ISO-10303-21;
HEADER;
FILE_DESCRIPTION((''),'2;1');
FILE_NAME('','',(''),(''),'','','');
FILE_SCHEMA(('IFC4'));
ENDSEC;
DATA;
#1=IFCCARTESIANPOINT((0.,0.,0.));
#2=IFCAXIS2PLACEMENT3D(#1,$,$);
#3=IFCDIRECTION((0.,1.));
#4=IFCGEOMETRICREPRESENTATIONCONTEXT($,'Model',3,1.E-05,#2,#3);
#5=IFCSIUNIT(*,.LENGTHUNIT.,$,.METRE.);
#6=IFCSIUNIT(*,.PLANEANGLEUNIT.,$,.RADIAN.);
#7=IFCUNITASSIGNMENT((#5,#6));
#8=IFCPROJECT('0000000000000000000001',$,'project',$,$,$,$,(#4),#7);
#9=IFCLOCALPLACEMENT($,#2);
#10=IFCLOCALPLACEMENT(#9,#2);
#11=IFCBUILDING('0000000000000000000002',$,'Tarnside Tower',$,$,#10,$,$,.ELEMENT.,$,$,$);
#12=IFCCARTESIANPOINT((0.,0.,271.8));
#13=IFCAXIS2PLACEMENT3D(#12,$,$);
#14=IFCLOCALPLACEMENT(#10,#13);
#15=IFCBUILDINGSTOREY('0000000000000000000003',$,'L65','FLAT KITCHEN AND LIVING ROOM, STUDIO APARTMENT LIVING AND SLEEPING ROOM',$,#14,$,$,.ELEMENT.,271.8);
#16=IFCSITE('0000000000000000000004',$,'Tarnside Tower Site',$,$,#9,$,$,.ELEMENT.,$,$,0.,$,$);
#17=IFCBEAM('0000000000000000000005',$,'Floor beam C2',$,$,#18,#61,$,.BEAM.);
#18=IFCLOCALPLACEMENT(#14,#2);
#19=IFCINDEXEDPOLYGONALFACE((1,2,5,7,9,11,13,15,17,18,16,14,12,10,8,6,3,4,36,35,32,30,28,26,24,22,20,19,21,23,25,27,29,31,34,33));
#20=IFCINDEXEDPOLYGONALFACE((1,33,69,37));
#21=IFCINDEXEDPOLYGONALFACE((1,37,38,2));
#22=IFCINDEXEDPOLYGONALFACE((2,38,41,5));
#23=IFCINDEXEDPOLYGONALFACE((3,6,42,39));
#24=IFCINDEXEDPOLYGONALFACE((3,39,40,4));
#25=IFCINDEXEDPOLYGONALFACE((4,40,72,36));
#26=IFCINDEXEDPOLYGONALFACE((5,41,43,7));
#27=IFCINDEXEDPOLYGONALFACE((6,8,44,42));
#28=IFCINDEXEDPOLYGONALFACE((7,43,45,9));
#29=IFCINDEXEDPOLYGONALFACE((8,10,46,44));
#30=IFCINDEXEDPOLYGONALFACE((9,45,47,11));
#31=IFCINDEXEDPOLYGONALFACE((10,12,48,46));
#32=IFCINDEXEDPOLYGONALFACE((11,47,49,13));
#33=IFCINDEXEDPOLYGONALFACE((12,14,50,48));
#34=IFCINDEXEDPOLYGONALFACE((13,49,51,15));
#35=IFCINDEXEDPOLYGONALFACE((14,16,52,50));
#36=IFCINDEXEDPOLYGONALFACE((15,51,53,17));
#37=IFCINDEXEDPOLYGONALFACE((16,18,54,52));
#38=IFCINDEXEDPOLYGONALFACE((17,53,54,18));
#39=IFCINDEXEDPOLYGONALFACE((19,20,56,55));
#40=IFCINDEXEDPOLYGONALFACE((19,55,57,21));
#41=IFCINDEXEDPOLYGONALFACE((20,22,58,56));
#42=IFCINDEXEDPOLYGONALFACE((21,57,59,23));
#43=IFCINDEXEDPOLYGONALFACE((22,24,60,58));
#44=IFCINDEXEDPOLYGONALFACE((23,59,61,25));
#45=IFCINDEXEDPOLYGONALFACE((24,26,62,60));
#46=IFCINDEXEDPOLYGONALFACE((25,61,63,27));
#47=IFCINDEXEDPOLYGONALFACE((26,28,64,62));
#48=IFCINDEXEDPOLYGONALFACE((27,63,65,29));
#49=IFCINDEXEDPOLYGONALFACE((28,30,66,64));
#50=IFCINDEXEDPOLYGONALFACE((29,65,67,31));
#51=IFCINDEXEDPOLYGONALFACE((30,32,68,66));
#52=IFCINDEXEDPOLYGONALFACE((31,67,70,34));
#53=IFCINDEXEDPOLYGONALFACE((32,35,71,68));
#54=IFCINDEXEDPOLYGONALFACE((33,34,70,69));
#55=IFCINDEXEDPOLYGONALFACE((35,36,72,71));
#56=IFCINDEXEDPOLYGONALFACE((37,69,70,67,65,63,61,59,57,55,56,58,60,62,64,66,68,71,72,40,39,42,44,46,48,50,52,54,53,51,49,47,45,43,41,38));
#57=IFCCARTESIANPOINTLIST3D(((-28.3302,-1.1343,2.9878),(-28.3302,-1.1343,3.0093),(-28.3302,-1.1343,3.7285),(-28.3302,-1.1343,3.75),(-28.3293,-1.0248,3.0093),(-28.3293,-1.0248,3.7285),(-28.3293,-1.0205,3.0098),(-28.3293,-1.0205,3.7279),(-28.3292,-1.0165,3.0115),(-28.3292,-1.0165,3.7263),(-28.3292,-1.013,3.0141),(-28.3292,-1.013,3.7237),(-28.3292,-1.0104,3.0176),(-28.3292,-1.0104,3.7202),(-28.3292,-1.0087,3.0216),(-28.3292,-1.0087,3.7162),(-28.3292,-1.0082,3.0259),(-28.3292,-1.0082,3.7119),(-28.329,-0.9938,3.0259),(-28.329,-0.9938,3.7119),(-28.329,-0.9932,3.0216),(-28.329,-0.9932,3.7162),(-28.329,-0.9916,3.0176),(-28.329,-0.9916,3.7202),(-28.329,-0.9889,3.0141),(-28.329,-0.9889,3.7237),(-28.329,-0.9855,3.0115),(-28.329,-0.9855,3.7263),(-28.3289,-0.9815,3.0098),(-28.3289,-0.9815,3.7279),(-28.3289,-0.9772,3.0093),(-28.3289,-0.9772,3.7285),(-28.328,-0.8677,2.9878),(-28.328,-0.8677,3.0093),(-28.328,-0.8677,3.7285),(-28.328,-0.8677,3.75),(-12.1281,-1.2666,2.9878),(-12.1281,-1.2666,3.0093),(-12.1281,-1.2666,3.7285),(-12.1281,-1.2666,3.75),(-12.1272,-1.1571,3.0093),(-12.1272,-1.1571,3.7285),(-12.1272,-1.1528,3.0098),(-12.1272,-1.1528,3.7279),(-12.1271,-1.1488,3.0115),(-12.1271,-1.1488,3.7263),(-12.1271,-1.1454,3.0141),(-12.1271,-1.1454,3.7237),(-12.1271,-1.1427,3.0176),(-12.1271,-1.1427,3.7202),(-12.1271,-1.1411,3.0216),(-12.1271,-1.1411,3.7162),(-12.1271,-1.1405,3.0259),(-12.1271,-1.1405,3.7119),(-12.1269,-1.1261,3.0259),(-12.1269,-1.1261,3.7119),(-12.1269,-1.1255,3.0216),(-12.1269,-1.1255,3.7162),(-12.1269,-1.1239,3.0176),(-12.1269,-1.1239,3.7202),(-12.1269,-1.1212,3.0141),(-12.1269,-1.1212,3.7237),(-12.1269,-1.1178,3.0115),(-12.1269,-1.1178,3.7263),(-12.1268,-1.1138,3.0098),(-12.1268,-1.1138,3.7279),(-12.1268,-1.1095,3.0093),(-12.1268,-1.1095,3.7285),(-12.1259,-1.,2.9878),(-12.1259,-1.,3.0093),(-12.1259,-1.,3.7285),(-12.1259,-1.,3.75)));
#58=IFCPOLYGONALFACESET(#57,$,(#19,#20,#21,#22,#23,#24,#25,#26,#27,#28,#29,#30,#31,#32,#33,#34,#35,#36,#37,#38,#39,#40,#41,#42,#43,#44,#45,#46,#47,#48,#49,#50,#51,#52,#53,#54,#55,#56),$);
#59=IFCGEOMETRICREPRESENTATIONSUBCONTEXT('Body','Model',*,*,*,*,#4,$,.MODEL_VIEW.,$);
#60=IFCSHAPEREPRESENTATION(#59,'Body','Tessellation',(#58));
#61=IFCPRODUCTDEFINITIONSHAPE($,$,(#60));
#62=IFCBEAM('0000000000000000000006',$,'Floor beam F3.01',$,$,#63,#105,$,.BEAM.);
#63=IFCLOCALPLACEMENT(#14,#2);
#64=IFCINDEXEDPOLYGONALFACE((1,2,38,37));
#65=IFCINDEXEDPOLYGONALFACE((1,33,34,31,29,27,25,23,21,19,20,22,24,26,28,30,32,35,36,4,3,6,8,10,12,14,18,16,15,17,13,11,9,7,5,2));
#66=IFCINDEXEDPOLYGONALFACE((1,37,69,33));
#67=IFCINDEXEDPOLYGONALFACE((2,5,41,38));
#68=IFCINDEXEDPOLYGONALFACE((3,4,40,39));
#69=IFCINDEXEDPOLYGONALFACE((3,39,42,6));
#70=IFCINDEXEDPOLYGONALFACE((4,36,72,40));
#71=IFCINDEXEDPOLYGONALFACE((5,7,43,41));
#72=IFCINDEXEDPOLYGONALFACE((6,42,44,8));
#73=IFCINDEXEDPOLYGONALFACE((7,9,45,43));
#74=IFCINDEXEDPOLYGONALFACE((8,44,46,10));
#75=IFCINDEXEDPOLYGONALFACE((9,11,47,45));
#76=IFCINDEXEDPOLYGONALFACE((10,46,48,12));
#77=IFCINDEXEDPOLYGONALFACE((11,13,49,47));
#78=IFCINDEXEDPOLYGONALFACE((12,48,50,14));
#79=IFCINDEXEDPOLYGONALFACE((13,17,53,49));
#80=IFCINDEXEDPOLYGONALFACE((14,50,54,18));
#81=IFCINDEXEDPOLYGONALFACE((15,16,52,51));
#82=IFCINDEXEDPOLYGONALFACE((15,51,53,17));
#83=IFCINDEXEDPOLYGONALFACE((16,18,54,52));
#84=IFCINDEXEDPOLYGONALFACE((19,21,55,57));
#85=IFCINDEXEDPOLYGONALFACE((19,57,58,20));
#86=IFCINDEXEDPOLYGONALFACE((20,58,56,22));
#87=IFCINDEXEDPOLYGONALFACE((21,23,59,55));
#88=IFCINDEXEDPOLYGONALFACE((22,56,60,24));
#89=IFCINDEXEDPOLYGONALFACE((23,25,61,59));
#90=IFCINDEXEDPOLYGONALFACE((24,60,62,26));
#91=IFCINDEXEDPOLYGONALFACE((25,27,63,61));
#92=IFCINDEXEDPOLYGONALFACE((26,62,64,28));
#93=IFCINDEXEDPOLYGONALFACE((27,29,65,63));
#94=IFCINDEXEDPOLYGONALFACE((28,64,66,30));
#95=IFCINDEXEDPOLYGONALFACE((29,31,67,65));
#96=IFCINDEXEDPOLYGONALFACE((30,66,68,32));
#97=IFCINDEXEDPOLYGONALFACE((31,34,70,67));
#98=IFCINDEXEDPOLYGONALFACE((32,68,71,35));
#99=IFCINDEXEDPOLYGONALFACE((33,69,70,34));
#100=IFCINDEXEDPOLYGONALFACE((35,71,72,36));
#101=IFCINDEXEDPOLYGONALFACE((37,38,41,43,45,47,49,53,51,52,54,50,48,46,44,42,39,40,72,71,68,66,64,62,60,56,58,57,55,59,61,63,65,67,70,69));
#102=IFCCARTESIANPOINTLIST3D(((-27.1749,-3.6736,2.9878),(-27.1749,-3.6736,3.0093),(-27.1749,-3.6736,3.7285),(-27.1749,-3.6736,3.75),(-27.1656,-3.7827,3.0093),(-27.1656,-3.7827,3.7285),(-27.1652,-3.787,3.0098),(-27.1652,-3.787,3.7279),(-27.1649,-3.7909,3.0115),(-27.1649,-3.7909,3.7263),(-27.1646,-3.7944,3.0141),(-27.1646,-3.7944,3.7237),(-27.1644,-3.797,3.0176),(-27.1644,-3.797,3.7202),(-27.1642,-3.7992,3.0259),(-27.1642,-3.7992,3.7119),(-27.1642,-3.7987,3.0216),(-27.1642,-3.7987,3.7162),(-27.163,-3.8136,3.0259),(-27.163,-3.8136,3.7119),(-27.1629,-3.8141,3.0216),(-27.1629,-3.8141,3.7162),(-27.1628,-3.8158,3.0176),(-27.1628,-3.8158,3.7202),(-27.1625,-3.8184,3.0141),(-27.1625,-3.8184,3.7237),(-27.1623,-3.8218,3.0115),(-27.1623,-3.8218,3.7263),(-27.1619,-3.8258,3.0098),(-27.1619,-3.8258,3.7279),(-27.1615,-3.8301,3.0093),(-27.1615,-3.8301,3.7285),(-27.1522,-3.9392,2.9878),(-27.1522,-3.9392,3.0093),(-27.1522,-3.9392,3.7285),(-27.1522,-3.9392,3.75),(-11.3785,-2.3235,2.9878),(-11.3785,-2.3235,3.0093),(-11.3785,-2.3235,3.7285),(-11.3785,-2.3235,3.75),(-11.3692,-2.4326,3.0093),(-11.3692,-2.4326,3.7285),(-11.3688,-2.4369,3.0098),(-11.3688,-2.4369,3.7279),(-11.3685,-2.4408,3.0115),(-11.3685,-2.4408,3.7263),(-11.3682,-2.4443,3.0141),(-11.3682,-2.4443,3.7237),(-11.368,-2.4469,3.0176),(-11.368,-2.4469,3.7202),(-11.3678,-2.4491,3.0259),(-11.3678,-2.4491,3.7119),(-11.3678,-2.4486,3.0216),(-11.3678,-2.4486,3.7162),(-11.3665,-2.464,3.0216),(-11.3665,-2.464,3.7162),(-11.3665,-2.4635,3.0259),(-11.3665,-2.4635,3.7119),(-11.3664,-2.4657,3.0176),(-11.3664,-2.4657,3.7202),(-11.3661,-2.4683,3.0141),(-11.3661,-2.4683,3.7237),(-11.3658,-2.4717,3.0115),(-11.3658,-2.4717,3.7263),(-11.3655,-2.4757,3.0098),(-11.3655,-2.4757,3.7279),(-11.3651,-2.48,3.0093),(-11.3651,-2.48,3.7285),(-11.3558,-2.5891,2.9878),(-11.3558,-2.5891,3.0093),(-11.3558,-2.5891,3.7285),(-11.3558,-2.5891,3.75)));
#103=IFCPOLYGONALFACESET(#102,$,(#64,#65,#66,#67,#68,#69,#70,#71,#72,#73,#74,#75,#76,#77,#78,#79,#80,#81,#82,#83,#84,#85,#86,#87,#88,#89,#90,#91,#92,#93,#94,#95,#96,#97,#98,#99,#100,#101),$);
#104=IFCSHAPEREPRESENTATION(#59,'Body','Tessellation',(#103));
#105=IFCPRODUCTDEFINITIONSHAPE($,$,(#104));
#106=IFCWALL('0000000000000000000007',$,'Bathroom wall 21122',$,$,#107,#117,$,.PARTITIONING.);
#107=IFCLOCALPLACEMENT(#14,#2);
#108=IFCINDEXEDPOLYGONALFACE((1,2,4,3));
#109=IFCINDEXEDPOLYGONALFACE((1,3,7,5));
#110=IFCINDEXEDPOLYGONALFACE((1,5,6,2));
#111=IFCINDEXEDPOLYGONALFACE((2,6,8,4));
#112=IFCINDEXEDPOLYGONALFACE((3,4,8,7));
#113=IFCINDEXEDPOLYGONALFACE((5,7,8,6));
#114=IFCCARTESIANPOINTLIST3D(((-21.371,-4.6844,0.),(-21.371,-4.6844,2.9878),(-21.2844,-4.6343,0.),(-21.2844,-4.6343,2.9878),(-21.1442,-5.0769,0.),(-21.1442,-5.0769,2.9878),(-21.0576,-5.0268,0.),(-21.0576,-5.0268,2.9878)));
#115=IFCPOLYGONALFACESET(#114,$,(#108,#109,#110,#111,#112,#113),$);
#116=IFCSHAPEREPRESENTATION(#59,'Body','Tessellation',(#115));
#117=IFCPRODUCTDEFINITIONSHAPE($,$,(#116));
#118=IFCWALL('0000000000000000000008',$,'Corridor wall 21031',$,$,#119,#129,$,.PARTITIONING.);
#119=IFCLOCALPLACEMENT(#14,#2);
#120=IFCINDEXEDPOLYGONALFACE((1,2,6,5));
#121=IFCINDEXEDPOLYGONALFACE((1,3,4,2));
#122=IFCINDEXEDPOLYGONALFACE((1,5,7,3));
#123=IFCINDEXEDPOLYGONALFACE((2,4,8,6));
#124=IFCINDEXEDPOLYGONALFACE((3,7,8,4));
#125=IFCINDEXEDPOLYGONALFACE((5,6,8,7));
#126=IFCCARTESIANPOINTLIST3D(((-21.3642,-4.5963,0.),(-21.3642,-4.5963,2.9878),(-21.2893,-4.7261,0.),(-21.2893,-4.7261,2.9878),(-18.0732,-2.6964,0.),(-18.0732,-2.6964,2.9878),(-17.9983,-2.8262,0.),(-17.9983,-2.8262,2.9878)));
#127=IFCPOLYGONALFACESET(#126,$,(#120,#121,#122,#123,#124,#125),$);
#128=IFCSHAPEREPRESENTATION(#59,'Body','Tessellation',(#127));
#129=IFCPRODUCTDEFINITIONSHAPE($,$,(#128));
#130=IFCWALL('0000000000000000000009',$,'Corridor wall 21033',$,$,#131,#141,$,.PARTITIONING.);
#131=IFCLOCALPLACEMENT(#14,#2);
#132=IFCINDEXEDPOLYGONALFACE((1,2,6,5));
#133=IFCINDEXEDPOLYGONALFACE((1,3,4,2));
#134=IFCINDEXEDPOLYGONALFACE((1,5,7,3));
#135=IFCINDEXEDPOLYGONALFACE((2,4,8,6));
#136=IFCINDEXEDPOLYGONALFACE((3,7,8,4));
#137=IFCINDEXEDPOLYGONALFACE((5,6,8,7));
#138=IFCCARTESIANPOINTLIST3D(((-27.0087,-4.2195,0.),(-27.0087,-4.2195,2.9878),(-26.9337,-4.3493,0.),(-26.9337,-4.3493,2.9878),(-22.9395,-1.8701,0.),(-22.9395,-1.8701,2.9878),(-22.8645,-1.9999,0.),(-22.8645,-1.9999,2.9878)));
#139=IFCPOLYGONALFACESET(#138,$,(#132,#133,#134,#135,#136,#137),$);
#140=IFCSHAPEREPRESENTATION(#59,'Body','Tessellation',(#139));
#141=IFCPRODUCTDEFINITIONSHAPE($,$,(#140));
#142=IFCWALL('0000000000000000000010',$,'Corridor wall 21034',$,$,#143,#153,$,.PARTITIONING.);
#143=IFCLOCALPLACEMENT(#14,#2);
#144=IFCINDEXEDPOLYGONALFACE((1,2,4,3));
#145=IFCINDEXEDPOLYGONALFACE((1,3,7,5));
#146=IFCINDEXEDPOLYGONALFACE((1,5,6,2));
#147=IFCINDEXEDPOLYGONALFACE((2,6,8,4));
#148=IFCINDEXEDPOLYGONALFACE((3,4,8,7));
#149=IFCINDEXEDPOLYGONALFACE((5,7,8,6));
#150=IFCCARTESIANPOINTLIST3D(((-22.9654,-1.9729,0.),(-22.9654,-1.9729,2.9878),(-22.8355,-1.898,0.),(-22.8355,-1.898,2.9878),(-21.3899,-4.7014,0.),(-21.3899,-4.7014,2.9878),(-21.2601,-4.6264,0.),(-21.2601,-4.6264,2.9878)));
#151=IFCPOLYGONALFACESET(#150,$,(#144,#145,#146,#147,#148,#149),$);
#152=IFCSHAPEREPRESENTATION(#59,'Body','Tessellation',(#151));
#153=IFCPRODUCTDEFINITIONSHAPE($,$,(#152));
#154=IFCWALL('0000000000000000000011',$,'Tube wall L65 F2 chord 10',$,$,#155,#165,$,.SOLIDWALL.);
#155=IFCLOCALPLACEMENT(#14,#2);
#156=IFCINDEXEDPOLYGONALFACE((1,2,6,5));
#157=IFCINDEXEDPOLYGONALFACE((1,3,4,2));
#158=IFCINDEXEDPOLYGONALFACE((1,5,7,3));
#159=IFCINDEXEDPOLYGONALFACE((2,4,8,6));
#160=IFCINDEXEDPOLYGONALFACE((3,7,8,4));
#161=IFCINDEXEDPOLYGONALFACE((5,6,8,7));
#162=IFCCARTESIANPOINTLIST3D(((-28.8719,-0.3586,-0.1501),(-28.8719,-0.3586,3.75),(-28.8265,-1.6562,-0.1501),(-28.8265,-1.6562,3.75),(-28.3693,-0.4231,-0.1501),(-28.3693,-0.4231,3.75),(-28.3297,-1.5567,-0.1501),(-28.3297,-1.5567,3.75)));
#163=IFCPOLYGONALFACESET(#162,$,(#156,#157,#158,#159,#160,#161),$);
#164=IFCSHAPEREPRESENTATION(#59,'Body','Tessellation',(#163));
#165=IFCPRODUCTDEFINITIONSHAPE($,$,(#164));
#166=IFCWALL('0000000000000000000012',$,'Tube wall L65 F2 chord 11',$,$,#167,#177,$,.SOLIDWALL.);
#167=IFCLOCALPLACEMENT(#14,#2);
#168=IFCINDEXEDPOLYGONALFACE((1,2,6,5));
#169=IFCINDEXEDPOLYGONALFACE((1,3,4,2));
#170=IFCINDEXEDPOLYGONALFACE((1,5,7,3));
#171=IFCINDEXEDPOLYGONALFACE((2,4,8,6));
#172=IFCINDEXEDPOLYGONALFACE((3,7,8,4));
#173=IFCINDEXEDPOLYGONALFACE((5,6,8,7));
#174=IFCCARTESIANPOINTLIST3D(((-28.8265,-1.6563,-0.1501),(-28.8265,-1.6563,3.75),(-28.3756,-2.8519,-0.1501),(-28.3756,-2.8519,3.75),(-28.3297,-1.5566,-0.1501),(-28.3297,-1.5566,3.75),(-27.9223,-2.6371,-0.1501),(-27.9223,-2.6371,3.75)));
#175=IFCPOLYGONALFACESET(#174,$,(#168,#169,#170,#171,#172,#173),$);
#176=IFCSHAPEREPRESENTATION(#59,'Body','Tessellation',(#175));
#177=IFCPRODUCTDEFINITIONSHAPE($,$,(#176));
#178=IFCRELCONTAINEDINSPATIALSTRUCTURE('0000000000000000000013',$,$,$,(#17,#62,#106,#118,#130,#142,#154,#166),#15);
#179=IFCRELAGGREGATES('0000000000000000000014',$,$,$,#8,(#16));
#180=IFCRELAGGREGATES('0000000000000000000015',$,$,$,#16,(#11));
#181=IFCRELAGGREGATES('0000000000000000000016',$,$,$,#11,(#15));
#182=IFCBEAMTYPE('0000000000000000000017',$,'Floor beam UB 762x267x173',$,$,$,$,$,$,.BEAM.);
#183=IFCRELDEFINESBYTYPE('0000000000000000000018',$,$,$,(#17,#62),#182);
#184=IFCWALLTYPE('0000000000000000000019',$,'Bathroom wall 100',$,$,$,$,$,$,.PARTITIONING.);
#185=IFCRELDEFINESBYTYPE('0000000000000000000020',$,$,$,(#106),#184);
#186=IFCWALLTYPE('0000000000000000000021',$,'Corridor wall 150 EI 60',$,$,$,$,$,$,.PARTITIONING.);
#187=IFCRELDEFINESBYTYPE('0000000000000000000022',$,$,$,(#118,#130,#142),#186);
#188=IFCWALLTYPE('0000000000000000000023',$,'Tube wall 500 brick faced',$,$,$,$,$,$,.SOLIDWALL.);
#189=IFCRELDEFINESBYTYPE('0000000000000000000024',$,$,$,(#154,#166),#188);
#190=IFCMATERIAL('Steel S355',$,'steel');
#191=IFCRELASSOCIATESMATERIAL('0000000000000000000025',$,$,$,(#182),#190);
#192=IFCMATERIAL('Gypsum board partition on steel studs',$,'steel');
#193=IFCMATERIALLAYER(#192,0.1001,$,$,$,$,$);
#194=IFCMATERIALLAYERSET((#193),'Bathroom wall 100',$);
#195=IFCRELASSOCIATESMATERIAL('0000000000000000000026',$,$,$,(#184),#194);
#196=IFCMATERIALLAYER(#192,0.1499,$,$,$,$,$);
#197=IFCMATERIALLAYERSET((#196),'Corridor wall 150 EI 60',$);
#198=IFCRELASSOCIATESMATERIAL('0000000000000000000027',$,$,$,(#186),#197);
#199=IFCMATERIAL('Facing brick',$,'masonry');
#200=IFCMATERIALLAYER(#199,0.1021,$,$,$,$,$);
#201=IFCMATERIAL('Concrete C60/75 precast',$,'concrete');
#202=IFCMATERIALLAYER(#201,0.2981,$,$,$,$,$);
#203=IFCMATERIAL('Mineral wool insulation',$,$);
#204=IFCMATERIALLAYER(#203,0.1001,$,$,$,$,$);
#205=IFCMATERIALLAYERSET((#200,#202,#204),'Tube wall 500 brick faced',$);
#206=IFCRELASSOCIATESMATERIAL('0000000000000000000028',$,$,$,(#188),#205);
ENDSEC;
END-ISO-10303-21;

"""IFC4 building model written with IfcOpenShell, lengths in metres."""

from ifc_helpers import new_model, si_unit, direction, frame, frame_2d, origin, origin_2d, place, context, subcontext, project, spatial, polyline, rectangle, i_section, outline, extrude, material, layer, layer_set, material_profile, profile_set, type_object, element, save


model = new_model("IFC4")

# Units and contexts
model_context = context("Model", 3, precision=1e-05, world=origin(), true_north=direction((0.0, 1.0)))
body_context = subcontext(model_context, "Body", "Model", "MODEL_VIEW")
ifc_project = project(units=[si_unit("LENGTHUNIT", "METRE"), si_unit("PLANEANGLEUNIT", "RADIAN")], contexts=[model_context])

# Site, building, storey
site_placement = place(None, origin())
site = spatial("IfcSite", under=ifc_project, at=site_placement, Name="Tarnside Tower Site", CompositionType="ELEMENT", RefElevation=0.0)
building_placement = place(site_placement, origin())
building = spatial("IfcBuilding", under=site, at=building_placement, Name="Tarnside Tower", CompositionType="ELEMENT")
storey_placement = place(building_placement, frame((0.0, 0.0, 271.8)))
storey = spatial("IfcBuildingStorey", under=building, at=storey_placement, Name="L65", Description="FLAT KITCHEN AND LIVING ROOM, STUDIO APARTMENT LIVING AND SLEEPING ROOM", CompositionType="ELEMENT", Elevation=271.8)

# Beams
ifc_material_1 = material(Name="Steel S355", Category="steel")
ifc_material_profile = material_profile(ifc_material_1, i_section(OverallWidth=0.2666, OverallDepth=0.7622, WebThickness=0.0144, FlangeThickness=0.0215, FilletRadius=0.0166, at=origin_2d()), Name="UB 762x267x173")
ifc_profile_set = profile_set([ifc_material_profile], Name="Steel S355")
beam_type = type_object("IfcBeamType", Name="Floor beam UB 762x267x173", PredefinedType="BEAM", material=ifc_profile_set)
beam_1_placement = place(storey_placement, frame((-28.3291, -1.001, 3.3689), z_axis=(0.999967, -0.008167, 0.0), x_axis=(0.008167, 0.999967, 0.0)))
element("IfcBeam", 1, at=beam_1_placement, inside=storey, type_object=beam_type, Name="Floor beam C2", PredefinedType="BEAM", context=body_context, shape_type="SweptSolid", body=[
    extrude(i_section(OverallWidth=0.2666, OverallDepth=0.7622, WebThickness=0.0144, FlangeThickness=0.0215, FilletRadius=0.0166, at=origin_2d()), origin(), (0.0, 0.0, 1.0), 16.2026),
])
beam_2_placement = place(storey_placement, frame((-27.1636, -3.8064, 3.3689), z_axis=(0.996367, 0.085158, 0.0), x_axis=(-0.085158, 0.996367, 0.0)))
element("IfcBeam", 2, at=beam_2_placement, inside=storey, type_object=beam_type, Name="Floor beam F3.01", PredefinedType="BEAM", context=body_context, shape_type="SweptSolid", body=[
    extrude(i_section(OverallWidth=0.2666, OverallDepth=0.7622, WebThickness=0.0144, FlangeThickness=0.0215, FilletRadius=0.0166, at=origin_2d()), origin(), (0.0, 0.0, 1.0), 15.854),
])

# Walls
ifc_material_2 = material(Name="Gypsum board partition on steel studs", Category="steel")
ifc_layer_1 = layer(ifc_material_2, 0.1001)
ifc_layer_set_1 = layer_set([ifc_layer_1], Name="Bathroom wall 100")
wall_type_1 = type_object("IfcWallType", Name="Bathroom wall 100", PredefinedType="PARTITIONING", material=ifc_layer_set_1)
wall_1_placement = place(storey_placement, frame((-21.3276, -4.6594, 0.0), z_axis=(0.0, 0.0, 1.0), x_axis=(0.500251, -0.865881, 0.0)))
element("IfcWall", 3, at=wall_1_placement, inside=storey, type_object=wall_type_1, Name="Bathroom wall 21122", PredefinedType="PARTITIONING", context=body_context, shape_type="SweptSolid", body=[
    extrude(rectangle(XDim=0.4534, YDim=0.1001, at=frame_2d((0.2266, 0.0))), origin(), (0.0, 0.0, 1.0), 2.9878),
])
ifc_layer_2 = layer(ifc_material_2, 0.1499)
ifc_layer_set_2 = layer_set([ifc_layer_2], Name="Corridor wall 150 EI 60")
wall_type_2 = type_object("IfcWallType", Name="Corridor wall 150 EI 60", PredefinedType="PARTITIONING", material=ifc_layer_set_2)
wall_2_placement = place(storey_placement, frame((-21.3267, -4.6611, 0.0), z_axis=(0.0, 0.0, 1.0), x_axis=(0.866044, 0.499967, 0.0)))
element("IfcWall", 4, at=wall_2_placement, inside=storey, type_object=wall_type_2, Name="Corridor wall 21031", PredefinedType="PARTITIONING", context=body_context, shape_type="SweptSolid", body=[
    extrude(rectangle(XDim=3.8, YDim=0.1499, at=frame_2d((1.8999, 0.0))), origin(), (0.0, 0.0, 1.0), 2.9878),
])
wall_3_placement = place(storey_placement, frame((-26.9712, -4.2844, 0.0), z_axis=(0.0, 0.0, 1.0), x_axis=(0.866019, 0.500012, 0.0)))
element("IfcWall", 5, at=wall_3_placement, inside=storey, type_object=wall_type_2, Name="Corridor wall 21033", PredefinedType="PARTITIONING", context=body_context, shape_type="SweptSolid", body=[
    extrude(rectangle(XDim=4.6987, YDim=0.1499, at=frame_2d((2.3494, 0.0))), origin(), (0.0, 0.0, 1.0), 2.9878),
])
wall_4_placement = place(storey_placement, frame((-22.9004, -1.9355, 0.0), z_axis=(0.0, 0.0, 1.0), x_axis=(0.500031, -0.866008, 0.0)))
element("IfcWall", 6, at=wall_4_placement, inside=storey, type_object=wall_type_2, Name="Corridor wall 21034", PredefinedType="PARTITIONING", context=body_context, shape_type="SweptSolid", body=[
    extrude(rectangle(XDim=3.1506, YDim=0.1499, at=frame_2d((1.5752, 0.0))), origin(), (0.0, 0.0, 1.0), 2.9878),
])
ifc_material_3 = material(Name="Facing brick", Category="masonry")
ifc_layer_3 = layer(ifc_material_3, 0.1021)
ifc_material_4 = material(Name="Concrete C60/75 precast", Category="concrete")
ifc_layer_4 = layer(ifc_material_4, 0.2981)
ifc_material_5 = material(Name="Mineral wool insulation")
ifc_layer_5 = layer(ifc_material_5, 0.1001)
ifc_layer_set_3 = layer_set([ifc_layer_3, ifc_layer_4, ifc_layer_5], Name="Tube wall 500 brick faced")
wall_type_3 = type_object("IfcWallType", Name="Tube wall 500 brick faced", PredefinedType="SOLIDWALL", material=ifc_layer_set_3)
wall_5_placement = place(storey_placement, frame((-28.6206, -0.3909, -0.1501), z_axis=(0.0, 0.0, 1.0), x_axis=(0.034925, -0.99939, 0.0)))
element("IfcWall", 7, at=wall_5_placement, inside=storey, type_object=wall_type_3, Name="Tube wall L65 F2 chord 10", PredefinedType="SOLIDWALL", context=body_context, shape_type="SweptSolid", body=[
    extrude(outline(polyline([(-0.041, -0.25), (1.2573, -0.25), (1.1753, 0.25), (0.041, 0.25), (-0.041, -0.25)])), origin(), (0.0, 0.0, 1.0), 3.9001),
])
wall_6_placement = place(storey_placement, frame((-28.5781, -1.6064, -0.1501), z_axis=(0.0, 0.0, 1.0), x_axis=(0.352838, -0.935684, 0.0)))
element("IfcWall", 8, at=wall_6_placement, inside=storey, type_object=wall_type_3, Name="Tube wall L65 F2 chord 11", PredefinedType="SOLIDWALL", context=body_context, shape_type="SweptSolid", body=[
    extrude(outline(polyline([(-0.041, -0.25), (1.2368, -0.25), (1.1958, 0.25), (0.041, 0.25), (-0.041, -0.25)])), origin(), (0.0, 0.0, 1.0), 3.9001),
])

save(model, "model.ifc")
